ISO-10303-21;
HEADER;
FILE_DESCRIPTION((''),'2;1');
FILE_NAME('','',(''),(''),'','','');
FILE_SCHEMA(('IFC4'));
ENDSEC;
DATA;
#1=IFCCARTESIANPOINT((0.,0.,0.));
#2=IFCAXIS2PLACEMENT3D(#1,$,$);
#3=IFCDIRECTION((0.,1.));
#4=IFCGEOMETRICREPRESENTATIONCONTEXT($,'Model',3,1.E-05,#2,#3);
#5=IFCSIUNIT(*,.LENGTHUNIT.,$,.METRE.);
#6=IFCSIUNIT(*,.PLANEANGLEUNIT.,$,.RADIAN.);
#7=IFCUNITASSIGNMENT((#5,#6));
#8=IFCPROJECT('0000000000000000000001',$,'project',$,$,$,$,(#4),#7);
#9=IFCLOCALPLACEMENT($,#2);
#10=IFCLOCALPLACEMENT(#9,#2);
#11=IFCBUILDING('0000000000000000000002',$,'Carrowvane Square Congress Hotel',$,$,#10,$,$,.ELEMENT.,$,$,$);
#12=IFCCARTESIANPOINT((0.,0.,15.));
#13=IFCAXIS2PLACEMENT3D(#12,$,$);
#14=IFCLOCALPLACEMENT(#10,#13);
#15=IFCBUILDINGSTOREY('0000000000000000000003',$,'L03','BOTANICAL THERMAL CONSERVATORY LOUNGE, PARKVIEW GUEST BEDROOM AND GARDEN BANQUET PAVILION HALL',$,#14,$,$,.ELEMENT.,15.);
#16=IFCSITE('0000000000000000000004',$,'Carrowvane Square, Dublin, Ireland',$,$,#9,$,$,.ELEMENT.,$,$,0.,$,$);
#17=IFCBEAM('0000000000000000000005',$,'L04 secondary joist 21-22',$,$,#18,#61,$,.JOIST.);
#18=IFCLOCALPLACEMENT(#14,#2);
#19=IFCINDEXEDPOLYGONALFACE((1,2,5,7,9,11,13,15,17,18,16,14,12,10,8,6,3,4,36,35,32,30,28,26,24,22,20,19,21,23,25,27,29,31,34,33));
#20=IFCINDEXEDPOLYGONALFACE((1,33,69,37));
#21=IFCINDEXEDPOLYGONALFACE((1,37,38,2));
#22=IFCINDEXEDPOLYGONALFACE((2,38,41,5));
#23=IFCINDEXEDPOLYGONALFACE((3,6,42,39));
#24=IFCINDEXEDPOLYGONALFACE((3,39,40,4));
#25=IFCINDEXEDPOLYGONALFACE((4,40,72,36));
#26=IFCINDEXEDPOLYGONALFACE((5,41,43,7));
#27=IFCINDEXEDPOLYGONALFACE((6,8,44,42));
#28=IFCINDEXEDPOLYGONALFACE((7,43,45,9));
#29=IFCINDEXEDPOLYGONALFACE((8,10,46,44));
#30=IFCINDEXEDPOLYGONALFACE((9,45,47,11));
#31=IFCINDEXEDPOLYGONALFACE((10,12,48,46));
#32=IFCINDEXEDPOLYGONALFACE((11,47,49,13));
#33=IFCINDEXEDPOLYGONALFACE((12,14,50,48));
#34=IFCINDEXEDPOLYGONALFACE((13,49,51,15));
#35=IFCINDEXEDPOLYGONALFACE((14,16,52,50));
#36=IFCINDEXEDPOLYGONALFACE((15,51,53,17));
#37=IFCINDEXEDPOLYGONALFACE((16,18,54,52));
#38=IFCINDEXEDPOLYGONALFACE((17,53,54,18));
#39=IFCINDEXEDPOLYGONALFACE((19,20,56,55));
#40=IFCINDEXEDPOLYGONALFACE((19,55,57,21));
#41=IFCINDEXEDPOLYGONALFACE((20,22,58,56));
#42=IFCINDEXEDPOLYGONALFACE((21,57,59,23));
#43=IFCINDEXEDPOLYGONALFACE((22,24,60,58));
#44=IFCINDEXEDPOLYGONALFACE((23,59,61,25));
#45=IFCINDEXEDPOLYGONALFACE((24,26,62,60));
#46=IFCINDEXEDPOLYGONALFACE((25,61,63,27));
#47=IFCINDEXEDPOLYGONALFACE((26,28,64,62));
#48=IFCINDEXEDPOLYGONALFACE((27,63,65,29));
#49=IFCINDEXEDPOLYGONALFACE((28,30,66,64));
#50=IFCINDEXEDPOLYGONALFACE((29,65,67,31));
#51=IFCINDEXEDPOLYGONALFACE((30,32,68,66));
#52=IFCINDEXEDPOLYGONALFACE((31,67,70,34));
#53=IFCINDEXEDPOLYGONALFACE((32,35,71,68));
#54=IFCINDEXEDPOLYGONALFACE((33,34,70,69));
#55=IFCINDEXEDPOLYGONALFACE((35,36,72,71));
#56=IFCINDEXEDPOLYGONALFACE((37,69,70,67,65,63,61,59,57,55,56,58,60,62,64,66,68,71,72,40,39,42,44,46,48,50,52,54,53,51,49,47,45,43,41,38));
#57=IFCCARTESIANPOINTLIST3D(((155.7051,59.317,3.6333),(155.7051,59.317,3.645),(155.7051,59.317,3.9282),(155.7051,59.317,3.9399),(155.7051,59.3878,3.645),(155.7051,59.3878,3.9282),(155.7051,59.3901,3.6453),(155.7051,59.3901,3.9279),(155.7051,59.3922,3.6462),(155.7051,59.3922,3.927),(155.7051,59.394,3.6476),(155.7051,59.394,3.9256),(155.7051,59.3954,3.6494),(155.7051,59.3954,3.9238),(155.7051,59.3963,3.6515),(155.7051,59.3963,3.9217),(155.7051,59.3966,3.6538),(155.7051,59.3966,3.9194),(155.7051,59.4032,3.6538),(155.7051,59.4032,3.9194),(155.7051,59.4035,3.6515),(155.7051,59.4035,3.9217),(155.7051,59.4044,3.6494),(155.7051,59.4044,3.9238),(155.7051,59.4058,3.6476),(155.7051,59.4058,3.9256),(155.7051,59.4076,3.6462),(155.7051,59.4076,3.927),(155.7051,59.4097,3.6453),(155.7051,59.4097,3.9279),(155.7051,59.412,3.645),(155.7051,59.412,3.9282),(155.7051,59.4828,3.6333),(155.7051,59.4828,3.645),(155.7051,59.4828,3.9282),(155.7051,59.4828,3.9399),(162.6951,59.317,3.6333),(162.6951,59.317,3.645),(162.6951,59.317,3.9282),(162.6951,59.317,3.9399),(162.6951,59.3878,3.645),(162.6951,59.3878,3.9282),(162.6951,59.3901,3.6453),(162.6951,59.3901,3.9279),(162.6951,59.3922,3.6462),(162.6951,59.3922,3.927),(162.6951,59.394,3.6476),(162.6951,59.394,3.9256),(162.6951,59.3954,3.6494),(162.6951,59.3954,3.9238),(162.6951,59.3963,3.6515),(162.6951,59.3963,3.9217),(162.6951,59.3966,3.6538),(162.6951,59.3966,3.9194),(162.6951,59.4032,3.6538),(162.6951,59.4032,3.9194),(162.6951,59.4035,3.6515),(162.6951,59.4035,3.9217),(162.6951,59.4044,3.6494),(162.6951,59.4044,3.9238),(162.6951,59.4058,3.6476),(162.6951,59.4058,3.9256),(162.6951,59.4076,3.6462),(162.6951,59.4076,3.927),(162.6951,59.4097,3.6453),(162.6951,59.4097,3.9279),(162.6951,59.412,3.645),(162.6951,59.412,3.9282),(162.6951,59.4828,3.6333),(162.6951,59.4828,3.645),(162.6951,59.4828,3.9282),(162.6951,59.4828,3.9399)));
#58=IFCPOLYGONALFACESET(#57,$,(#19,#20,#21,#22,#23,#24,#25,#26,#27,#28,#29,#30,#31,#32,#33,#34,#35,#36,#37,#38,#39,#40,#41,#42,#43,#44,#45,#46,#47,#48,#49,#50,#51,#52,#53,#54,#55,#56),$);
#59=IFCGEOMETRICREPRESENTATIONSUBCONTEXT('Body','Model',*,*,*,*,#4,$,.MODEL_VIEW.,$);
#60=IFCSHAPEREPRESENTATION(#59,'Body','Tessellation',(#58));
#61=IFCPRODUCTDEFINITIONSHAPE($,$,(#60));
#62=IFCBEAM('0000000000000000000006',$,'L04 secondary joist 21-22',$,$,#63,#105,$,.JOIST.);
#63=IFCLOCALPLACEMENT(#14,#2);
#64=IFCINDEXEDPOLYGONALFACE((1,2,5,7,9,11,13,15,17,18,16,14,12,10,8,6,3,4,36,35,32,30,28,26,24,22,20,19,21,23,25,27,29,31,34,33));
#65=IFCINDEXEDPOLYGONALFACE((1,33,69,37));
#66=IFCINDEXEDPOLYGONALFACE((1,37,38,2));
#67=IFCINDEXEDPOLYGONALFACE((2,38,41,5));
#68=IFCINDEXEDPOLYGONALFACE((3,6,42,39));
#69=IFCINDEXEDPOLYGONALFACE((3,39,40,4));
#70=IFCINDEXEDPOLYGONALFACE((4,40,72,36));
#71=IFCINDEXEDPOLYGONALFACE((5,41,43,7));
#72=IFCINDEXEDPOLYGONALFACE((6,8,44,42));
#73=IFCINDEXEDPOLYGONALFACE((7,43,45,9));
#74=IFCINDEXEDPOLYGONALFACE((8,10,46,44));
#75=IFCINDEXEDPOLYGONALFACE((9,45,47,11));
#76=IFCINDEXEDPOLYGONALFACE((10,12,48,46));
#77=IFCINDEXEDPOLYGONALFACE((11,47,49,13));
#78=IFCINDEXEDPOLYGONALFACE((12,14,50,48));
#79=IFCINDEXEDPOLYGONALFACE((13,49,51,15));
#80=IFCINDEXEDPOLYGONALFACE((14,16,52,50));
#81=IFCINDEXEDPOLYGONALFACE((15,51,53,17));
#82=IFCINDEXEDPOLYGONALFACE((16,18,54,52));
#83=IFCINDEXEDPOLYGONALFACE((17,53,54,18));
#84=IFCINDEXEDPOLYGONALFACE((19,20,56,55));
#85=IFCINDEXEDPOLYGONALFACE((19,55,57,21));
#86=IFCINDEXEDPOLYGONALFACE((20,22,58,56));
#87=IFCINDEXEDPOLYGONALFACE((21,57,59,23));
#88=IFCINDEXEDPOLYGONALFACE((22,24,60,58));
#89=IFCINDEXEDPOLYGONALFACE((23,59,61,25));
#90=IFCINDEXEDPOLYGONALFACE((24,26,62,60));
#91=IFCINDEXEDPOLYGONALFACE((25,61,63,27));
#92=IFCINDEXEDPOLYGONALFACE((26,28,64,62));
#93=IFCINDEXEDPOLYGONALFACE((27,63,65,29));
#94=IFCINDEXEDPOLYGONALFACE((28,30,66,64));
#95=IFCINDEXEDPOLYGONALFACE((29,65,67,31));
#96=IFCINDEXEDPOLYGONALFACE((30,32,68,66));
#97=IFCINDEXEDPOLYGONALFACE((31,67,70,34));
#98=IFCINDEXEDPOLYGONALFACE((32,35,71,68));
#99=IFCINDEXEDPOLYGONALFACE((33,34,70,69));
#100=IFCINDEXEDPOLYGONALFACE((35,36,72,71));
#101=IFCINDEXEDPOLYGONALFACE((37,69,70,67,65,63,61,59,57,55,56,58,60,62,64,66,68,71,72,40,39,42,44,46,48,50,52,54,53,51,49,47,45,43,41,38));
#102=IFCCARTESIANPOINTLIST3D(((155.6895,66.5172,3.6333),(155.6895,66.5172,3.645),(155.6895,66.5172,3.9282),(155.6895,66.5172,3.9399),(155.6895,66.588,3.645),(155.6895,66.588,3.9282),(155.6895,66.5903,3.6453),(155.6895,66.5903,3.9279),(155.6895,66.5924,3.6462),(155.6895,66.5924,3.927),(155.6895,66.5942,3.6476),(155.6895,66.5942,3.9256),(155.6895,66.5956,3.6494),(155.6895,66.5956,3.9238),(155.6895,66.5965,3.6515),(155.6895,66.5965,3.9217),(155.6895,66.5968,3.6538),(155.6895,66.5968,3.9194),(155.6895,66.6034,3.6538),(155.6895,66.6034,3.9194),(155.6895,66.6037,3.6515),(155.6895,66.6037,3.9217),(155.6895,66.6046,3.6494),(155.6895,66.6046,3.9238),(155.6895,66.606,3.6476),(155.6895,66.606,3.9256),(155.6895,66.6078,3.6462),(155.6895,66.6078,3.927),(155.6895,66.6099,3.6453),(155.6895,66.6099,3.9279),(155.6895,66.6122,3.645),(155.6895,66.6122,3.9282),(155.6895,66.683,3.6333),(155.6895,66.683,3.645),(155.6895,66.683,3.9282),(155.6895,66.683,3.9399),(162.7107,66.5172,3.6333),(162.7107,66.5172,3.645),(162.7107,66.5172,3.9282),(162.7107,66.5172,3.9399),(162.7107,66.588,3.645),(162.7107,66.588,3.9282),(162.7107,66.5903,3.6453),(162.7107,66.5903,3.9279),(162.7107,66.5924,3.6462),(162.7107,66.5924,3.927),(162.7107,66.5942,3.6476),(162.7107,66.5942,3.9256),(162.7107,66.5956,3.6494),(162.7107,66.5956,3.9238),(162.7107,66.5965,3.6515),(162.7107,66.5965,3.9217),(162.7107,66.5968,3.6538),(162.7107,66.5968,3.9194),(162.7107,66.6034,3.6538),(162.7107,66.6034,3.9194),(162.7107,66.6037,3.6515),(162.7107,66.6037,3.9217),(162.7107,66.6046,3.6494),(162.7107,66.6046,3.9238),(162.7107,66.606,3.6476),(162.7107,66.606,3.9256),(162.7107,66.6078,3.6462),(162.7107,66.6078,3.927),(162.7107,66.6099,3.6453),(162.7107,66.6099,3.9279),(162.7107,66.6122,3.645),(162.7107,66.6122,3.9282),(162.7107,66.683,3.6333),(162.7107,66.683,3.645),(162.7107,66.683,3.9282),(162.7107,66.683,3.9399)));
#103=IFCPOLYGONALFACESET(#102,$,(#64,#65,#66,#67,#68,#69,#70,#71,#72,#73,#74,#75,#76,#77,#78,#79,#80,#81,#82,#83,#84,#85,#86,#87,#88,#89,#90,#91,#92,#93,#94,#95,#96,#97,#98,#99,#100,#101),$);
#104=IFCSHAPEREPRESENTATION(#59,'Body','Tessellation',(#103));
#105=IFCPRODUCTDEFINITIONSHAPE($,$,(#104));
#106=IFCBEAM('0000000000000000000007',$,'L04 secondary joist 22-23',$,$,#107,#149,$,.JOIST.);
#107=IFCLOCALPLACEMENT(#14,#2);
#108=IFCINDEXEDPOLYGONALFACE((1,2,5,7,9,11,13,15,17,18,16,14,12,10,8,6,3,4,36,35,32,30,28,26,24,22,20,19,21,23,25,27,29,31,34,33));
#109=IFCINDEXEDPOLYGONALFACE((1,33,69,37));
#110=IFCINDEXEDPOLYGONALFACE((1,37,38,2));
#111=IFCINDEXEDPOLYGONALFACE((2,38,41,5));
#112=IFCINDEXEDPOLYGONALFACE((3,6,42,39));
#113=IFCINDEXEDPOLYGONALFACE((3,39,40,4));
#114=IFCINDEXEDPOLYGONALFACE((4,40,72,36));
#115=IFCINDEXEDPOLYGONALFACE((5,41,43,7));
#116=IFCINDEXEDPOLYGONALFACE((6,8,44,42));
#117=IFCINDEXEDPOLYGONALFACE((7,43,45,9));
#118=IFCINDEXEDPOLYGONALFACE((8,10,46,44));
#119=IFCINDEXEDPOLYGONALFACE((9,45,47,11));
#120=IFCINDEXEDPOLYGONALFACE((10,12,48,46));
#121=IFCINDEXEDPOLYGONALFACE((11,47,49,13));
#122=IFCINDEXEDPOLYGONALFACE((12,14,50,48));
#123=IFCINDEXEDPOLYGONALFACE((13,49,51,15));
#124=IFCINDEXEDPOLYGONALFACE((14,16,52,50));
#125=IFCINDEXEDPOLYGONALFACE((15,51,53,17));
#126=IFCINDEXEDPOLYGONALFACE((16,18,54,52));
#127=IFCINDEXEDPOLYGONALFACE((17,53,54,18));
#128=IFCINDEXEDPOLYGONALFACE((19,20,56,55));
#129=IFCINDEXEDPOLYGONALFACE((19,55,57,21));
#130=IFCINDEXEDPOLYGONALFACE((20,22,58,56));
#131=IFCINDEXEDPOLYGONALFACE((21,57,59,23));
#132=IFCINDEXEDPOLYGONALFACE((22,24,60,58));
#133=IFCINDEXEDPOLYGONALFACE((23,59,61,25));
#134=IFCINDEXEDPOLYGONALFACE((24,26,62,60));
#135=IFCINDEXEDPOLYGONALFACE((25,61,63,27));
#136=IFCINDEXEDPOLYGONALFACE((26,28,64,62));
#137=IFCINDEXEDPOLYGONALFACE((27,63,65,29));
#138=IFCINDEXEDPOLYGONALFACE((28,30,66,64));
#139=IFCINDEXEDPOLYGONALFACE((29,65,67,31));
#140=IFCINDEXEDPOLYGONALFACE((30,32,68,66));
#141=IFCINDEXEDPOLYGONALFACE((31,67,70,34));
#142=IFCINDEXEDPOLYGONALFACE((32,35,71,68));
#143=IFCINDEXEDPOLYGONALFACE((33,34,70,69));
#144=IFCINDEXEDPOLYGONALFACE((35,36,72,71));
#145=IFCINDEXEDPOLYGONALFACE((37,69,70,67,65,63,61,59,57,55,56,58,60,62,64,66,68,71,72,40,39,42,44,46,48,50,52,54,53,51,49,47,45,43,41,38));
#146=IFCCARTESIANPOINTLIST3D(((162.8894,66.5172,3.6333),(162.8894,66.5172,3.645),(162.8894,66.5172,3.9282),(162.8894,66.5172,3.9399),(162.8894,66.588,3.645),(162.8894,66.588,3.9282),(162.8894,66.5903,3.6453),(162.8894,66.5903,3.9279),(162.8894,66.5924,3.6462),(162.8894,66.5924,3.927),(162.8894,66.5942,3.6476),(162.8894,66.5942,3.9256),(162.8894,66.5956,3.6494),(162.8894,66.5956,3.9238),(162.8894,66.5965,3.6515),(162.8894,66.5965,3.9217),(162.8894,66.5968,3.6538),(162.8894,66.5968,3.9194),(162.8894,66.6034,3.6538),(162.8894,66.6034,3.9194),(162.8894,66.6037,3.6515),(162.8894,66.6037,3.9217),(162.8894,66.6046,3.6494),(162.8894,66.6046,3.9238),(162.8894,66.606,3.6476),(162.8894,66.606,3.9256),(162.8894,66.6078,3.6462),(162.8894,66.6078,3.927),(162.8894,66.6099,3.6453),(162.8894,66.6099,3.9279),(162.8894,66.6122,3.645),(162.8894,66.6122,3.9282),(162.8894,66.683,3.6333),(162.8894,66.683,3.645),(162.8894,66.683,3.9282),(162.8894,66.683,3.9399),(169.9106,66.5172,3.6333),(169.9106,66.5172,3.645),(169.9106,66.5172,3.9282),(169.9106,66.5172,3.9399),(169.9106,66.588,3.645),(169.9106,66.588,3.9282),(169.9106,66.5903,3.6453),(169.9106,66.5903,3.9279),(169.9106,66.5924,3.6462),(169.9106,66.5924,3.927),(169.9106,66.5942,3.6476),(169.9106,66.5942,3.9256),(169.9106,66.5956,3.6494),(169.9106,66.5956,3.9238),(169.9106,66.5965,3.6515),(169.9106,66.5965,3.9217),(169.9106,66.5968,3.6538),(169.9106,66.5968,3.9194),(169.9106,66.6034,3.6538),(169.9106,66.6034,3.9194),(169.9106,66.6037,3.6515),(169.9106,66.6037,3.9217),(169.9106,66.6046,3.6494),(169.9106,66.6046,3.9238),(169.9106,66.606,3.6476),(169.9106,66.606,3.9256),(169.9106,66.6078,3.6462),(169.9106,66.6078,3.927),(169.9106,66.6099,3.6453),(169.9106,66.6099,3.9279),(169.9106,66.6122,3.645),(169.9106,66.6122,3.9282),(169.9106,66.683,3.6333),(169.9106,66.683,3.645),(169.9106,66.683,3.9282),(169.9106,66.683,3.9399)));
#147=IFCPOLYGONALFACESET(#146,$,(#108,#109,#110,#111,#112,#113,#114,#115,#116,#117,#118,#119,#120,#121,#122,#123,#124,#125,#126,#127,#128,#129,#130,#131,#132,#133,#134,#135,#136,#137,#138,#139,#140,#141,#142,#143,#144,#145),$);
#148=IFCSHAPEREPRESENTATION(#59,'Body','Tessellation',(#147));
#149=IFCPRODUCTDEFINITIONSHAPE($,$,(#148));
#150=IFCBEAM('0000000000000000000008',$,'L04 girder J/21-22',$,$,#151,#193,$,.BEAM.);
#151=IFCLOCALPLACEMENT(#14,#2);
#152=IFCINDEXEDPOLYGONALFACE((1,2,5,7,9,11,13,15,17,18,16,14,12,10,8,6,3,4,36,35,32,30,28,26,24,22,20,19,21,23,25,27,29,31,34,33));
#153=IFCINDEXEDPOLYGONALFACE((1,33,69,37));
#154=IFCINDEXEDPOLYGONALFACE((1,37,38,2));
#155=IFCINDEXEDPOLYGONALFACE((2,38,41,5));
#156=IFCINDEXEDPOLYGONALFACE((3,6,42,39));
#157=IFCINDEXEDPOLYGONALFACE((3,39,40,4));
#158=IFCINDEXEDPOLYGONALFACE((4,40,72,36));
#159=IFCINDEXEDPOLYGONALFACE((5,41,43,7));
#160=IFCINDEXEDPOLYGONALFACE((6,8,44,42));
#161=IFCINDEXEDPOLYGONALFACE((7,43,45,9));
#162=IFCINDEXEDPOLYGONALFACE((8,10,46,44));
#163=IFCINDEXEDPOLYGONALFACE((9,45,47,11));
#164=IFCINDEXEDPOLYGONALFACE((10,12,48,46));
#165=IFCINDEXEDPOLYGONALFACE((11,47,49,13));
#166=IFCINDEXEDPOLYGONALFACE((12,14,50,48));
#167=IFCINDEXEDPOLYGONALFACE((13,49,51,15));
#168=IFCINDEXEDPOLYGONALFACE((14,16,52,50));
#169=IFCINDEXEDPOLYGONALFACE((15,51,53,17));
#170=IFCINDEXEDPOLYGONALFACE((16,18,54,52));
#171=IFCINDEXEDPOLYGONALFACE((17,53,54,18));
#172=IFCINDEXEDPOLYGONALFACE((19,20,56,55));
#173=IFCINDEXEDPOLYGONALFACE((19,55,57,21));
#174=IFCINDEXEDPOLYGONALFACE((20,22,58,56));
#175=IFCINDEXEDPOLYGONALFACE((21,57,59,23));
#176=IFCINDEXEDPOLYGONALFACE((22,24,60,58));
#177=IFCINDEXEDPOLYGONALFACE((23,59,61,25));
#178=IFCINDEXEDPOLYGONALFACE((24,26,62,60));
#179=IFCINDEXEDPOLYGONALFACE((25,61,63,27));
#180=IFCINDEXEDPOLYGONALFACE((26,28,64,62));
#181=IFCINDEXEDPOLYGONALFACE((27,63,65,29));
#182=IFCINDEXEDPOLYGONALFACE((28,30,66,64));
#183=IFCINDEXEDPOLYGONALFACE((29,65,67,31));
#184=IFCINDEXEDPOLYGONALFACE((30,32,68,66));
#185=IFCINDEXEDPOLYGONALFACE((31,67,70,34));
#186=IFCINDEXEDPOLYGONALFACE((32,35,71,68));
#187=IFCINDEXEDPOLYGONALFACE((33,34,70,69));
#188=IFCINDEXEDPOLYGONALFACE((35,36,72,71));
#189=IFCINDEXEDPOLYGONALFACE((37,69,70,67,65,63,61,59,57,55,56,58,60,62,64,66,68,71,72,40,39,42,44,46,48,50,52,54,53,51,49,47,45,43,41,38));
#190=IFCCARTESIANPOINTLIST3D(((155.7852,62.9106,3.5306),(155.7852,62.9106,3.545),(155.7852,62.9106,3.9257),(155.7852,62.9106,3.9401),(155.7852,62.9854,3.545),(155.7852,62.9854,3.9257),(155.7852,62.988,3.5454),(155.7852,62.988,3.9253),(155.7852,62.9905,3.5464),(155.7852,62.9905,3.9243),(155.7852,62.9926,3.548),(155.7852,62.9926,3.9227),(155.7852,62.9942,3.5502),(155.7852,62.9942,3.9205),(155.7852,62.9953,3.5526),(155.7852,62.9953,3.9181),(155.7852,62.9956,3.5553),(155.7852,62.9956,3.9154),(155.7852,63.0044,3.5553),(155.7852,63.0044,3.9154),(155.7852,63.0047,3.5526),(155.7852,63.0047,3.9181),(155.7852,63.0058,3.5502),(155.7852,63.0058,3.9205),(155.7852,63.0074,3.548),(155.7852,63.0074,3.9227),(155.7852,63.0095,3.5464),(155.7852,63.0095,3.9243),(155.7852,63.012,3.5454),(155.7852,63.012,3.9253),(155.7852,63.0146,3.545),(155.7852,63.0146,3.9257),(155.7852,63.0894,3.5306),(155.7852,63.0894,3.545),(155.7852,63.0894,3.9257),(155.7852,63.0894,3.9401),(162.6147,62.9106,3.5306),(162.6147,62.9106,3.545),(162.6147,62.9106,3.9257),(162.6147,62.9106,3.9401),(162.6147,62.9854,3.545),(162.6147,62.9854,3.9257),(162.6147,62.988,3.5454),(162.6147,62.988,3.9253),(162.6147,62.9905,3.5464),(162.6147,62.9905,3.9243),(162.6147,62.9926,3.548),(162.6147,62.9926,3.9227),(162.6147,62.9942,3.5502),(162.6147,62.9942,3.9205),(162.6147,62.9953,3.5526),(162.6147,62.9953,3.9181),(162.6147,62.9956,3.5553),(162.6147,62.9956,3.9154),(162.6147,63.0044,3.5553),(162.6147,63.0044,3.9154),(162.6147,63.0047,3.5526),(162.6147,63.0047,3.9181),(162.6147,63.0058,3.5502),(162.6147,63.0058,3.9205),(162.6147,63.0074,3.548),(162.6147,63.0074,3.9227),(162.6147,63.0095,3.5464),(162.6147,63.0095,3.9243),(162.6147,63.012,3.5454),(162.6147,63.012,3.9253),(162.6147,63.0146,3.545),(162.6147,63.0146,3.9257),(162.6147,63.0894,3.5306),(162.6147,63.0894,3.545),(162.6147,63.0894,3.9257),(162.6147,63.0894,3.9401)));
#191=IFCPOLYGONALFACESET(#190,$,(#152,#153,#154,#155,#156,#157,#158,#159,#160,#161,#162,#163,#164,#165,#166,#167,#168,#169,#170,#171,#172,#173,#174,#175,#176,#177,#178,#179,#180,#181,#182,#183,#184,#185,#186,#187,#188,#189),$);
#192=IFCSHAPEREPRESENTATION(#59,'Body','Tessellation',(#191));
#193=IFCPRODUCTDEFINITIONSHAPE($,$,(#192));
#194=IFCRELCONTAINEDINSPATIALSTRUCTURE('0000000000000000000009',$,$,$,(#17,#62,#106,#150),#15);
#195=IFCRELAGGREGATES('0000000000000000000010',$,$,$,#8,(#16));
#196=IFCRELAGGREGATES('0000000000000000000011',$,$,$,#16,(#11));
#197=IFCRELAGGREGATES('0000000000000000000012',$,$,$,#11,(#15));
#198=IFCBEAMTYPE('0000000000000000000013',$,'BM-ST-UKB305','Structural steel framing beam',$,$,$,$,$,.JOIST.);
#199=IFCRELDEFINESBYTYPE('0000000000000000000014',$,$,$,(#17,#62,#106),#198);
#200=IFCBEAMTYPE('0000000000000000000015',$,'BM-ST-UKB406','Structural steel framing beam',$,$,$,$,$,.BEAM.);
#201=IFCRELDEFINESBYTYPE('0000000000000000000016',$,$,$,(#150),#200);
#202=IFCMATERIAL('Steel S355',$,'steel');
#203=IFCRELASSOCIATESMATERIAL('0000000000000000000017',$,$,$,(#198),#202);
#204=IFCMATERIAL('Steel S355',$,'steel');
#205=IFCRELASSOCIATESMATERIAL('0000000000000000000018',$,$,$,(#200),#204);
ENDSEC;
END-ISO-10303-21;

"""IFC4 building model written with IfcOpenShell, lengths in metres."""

from ifc_helpers import new_model, si_unit, direction, frame, origin, origin_2d, place, context, subcontext, project, spatial, i_section, extrude, material, material_profile, profile_set, type_object, element, save


model = new_model("IFC4")

# Units and contexts
model_context = context("Model", 3, precision=1e-05, world=origin(), true_north=direction((0.0, 1.0)))
body_context = subcontext(model_context, "Body", "Model", "MODEL_VIEW")
ifc_project = project(units=[si_unit("LENGTHUNIT", "METRE"), si_unit("PLANEANGLEUNIT", "RADIAN")], contexts=[model_context])

# Site, building, storey
site_placement = place(None, origin())
site = spatial("IfcSite", under=ifc_project, at=site_placement, Name="Carrowvane Square, Dublin, Ireland", CompositionType="ELEMENT", RefElevation=0.0)
building_placement = place(site_placement, origin())
building = spatial("IfcBuilding", under=site, at=building_placement, Name="Carrowvane Square Congress Hotel", CompositionType="ELEMENT")
storey_placement = place(building_placement, frame((0.0, 0.0, 15.0)))
storey = spatial("IfcBuildingStorey", under=building, at=storey_placement, Name="L03", Description="BOTANICAL THERMAL CONSERVATORY LOUNGE, PARKVIEW GUEST BEDROOM AND GARDEN BANQUET PAVILION HALL", CompositionType="ELEMENT", Elevation=15.0)

# Beams
ifc_material_1 = material(Name="Steel S355", Category="steel")
ifc_material_profile_1 = material_profile(ifc_material_1, i_section(OverallWidth=0.1658, OverallDepth=0.3066, WebThickness=0.0066, FlangeThickness=0.0117, FilletRadius=0.0088, at=origin_2d()), Name="UKB 305x165x46")
ifc_profile_set_1 = profile_set([ifc_material_profile_1], Name="Steel S355")
beam_type_1 = type_object("IfcBeamType", Name="BM-ST-UKB305", Description="Structural steel framing beam", PredefinedType="JOIST", material=ifc_profile_set_1)
beam_1_placement = place(storey_placement, frame((155.7051, 59.3999, 3.7866), z_axis=(1.0, 0.0, 0.0), x_axis=(0.0, 1.0, 0.0)))
element("IfcBeam", 1, at=beam_1_placement, inside=storey, type_object=beam_type_1, Name="L04 secondary joist 21-22", PredefinedType="JOIST", context=body_context, shape_type="SweptSolid", body=[
    extrude(i_section(OverallWidth=0.1658, OverallDepth=0.3066, WebThickness=0.0066, FlangeThickness=0.0117, FilletRadius=0.0088, at=origin_2d()), origin(), (0.0, 0.0, 1.0), 6.99),
])
for number, where, z_axis, x_axis, name in (
    (2, (155.6895, 66.6001, 3.7866), (1.0, 0.0, 0.0), (0.0, 1.0, 0.0), "L04 secondary joist 21-22"),
    (3, (162.8894, 66.6001, 3.7866), (1.0, 0.0, 0.0), (0.0, 1.0, 0.0), "L04 secondary joist 22-23"),
):
    element("IfcBeam", number, at=place(storey_placement, frame(where, z_axis=z_axis, x_axis=x_axis)), inside=storey, type_object=beam_type_1, Name=name, PredefinedType="JOIST", context=body_context, shape_type="SweptSolid", body=[
        extrude(i_section(OverallWidth=0.1658, OverallDepth=0.3066, WebThickness=0.0066, FlangeThickness=0.0117, FilletRadius=0.0088, at=origin_2d()), origin(), (0.0, 0.0, 1.0), 7.0212),
    ])
ifc_material_2 = material(Name="Steel S355", Category="steel")
ifc_material_profile_2 = material_profile(ifc_material_2, i_section(OverallWidth=0.1787, OverallDepth=0.4094, WebThickness=0.0088, FlangeThickness=0.0144, FilletRadius=0.0103, at=origin_2d()), Name="UKB 406x178x67")
ifc_profile_set_2 = profile_set([ifc_material_profile_2], Name="Steel S355")
beam_type_2 = type_object("IfcBeamType", Name="BM-ST-UKB406", Description="Structural steel framing beam", PredefinedType="BEAM", material=ifc_profile_set_2)
beam_2_placement = place(storey_placement, frame((155.7852, 63.0, 3.7354), z_axis=(1.0, 0.0, 0.0), x_axis=(0.0, 1.0, 0.0)))
element("IfcBeam", 4, at=beam_2_placement, inside=storey, type_object=beam_type_2, Name="L04 girder J/21-22", PredefinedType="BEAM", context=body_context, shape_type="SweptSolid", body=[
    extrude(i_section(OverallWidth=0.1787, OverallDepth=0.4094, WebThickness=0.0088, FlangeThickness=0.0144, FilletRadius=0.0103, at=origin_2d()), origin(), (0.0, 0.0, 1.0), 6.8296),
])

save(model, "model.ifc")
